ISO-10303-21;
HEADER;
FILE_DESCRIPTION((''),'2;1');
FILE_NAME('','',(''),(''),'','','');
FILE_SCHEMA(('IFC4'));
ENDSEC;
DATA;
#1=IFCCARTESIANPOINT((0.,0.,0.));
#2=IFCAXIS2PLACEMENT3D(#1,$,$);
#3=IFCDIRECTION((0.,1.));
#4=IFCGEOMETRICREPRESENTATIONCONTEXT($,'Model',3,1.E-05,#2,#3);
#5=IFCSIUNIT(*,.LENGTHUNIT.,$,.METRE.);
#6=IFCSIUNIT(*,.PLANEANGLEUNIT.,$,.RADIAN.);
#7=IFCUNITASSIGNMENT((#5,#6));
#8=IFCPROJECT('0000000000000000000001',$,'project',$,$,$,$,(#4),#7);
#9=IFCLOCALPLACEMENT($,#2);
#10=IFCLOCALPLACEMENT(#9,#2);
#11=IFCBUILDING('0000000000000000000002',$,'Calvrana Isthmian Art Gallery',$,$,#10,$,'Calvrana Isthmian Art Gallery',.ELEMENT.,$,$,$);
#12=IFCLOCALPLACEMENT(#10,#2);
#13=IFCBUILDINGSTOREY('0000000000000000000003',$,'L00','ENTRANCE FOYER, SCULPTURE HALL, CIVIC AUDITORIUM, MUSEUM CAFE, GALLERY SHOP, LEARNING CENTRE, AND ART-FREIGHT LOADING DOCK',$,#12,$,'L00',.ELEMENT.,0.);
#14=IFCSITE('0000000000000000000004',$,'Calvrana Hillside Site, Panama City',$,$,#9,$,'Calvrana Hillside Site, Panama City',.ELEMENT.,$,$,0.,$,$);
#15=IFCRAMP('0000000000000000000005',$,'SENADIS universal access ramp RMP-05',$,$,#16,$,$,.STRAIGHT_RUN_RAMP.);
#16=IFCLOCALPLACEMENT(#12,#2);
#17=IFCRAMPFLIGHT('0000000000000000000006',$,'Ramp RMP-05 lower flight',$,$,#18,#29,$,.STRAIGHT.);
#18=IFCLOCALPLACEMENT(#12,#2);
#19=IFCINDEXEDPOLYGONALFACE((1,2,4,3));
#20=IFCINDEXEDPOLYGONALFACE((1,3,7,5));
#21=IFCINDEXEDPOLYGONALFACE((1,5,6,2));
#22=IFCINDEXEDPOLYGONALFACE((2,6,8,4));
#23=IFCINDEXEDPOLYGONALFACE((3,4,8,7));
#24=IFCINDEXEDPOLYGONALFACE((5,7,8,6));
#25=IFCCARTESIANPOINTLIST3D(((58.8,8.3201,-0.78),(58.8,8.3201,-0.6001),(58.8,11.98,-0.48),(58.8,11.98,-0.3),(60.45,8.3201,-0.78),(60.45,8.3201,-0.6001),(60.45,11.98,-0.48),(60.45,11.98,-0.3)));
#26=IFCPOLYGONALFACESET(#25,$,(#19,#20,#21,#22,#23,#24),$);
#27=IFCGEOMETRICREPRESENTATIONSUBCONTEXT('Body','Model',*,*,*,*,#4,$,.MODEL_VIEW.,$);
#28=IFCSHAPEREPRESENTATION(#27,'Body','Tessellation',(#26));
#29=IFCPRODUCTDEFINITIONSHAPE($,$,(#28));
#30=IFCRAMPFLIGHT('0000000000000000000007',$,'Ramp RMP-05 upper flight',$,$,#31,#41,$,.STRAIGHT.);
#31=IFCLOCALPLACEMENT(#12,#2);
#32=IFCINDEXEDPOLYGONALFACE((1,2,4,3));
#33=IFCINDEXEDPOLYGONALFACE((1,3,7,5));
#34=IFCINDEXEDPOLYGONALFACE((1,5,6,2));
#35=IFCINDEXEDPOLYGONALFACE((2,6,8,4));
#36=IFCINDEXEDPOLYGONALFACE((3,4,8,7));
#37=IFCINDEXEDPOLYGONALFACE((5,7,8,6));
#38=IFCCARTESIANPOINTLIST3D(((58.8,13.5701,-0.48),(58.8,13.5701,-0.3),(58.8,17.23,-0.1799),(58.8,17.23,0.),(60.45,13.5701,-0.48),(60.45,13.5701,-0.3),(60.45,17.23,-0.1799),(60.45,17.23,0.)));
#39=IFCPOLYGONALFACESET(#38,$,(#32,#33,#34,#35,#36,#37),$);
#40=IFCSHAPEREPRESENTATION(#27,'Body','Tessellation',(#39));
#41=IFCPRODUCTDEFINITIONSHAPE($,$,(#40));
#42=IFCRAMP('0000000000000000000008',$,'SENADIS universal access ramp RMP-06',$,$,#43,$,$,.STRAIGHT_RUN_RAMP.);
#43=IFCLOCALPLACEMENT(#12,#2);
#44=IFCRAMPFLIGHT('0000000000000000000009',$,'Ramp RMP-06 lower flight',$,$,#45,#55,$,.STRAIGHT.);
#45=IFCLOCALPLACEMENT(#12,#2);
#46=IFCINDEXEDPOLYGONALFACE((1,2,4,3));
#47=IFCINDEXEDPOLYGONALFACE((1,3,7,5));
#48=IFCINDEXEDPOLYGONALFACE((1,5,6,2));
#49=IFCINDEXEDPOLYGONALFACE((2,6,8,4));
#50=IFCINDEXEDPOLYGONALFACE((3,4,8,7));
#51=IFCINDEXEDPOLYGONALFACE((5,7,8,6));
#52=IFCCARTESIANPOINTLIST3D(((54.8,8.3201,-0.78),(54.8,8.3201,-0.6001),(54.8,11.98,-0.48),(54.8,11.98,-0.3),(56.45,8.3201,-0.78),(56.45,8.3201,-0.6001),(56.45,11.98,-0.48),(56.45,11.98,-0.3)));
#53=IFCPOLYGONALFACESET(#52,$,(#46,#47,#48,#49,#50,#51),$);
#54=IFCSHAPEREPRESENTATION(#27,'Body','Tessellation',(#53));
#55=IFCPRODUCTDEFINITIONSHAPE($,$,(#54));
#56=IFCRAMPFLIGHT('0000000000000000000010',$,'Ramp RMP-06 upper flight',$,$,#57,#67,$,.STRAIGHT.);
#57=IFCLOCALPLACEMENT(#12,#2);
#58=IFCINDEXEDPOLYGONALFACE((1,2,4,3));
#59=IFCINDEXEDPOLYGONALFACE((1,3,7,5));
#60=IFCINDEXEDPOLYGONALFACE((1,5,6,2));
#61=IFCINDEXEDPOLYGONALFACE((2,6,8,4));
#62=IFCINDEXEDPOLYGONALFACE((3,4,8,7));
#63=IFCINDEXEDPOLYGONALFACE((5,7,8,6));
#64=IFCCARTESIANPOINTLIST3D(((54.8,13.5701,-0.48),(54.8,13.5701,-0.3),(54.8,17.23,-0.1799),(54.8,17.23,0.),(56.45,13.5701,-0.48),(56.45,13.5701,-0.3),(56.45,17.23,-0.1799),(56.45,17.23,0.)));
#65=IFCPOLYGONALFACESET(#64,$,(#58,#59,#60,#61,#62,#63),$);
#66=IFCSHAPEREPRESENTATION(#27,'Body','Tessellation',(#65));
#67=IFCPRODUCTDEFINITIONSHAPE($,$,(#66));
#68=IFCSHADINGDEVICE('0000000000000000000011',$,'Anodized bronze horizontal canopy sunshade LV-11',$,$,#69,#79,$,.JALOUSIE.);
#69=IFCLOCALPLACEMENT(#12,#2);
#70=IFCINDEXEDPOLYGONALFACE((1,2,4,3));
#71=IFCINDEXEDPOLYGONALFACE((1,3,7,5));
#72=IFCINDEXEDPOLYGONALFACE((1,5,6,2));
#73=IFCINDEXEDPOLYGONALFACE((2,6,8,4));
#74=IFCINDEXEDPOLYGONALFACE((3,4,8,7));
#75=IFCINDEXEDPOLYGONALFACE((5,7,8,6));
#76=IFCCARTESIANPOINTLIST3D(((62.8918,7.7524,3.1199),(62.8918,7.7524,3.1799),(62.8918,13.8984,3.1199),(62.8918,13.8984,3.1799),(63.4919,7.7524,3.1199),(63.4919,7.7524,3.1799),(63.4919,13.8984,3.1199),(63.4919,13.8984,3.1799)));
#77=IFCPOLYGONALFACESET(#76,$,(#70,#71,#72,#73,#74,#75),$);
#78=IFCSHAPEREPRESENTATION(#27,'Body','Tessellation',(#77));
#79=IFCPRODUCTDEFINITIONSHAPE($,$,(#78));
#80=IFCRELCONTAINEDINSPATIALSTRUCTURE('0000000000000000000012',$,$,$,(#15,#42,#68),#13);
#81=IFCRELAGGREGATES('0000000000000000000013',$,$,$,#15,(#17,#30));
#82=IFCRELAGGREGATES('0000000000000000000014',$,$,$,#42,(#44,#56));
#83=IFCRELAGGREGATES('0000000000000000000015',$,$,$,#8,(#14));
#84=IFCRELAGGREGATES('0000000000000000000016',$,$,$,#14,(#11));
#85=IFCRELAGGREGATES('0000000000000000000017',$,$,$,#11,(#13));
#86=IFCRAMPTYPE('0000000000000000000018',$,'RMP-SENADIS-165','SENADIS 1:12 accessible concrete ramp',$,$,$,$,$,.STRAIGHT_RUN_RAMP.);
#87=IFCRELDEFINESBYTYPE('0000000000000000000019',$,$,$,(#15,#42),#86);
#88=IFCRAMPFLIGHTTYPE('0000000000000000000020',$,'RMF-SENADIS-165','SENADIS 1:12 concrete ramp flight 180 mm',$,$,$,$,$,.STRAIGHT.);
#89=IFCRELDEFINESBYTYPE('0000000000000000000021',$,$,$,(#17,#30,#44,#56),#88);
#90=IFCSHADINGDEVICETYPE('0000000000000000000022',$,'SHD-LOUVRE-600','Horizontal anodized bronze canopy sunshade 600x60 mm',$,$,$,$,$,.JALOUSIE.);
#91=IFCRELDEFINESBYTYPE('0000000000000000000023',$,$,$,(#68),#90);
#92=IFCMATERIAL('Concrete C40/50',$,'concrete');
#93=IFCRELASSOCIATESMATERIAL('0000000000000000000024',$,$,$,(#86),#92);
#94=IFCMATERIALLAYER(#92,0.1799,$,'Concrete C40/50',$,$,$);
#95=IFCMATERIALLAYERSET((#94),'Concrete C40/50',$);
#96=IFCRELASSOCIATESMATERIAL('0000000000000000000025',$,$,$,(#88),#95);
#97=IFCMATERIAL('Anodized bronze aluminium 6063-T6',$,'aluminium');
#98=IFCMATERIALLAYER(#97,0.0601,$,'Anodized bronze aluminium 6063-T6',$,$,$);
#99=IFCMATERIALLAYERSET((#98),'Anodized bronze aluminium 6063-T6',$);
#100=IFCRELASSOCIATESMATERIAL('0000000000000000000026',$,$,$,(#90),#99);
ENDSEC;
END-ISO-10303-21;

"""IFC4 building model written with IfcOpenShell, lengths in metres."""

from ifc_helpers import new_model, si_unit, direction, frame, origin, origin_2d, place, context, subcontext, project, spatial, polyline, rectangle, outline, extrude, material, layer, layer_set, type_object, element, aggregate, save


model = new_model("IFC4")

# Units and contexts
model_context = context("Model", 3, precision=1e-05, world=origin(), true_north=direction((0.0, 1.0)))
body_context = subcontext(model_context, "Body", "Model", "MODEL_VIEW")
ifc_project = project(units=[si_unit("LENGTHUNIT", "METRE"), si_unit("PLANEANGLEUNIT", "RADIAN")], contexts=[model_context])

# Site, building, storey
site_placement = place(None, origin())
site = spatial("IfcSite", under=ifc_project, at=site_placement, Name="Calvrana Hillside Site, Panama City", LongName="Calvrana Hillside Site, Panama City", CompositionType="ELEMENT", RefElevation=0.0)
building_placement = place(site_placement, origin())
building = spatial("IfcBuilding", under=site, at=building_placement, Name="Calvrana Isthmian Art Gallery", LongName="Calvrana Isthmian Art Gallery", CompositionType="ELEMENT")
storey_placement = place(building_placement, origin())
storey = spatial("IfcBuildingStorey", under=building, at=storey_placement, Name="L00", Description="ENTRANCE FOYER, SCULPTURE HALL, CIVIC AUDITORIUM, MUSEUM CAFE, GALLERY SHOP, LEARNING CENTRE, AND ART-FREIGHT LOADING DOCK", LongName="L00", CompositionType="ELEMENT", Elevation=0.0)

# Shared definitions
ifc_material_1 = material(Name="Anodized bronze aluminium 6063-T6", Category="aluminium")

# Shared definitions
ifc_material_2 = material(Name="Concrete C40/50", Category="concrete")

# Ramps, ramp flights
ramp_type = type_object("IfcRampType", Name="RMP-SENADIS-165", Description="SENADIS 1:12 accessible concrete ramp", PredefinedType="STRAIGHT_RUN_RAMP", material=ifc_material_2)
ifc_layer_1 = layer(ifc_material_2, 0.1799, Name="Concrete C40/50")
ifc_layer_set_1 = layer_set([ifc_layer_1], Name="Concrete C40/50")
ramp_flight_type = type_object("IfcRampFlightType", Name="RMF-SENADIS-165", Description="SENADIS 1:12 concrete ramp flight 180 mm", PredefinedType="STRAIGHT", material=ifc_layer_set_1)
ramp_1_placement = place(storey_placement, origin())
ramp_1 = element("IfcRamp", 1, at=ramp_1_placement, inside=storey, type_object=ramp_type, Name="SENADIS universal access ramp RMP-05", PredefinedType="STRAIGHT_RUN_RAMP")
ramp_flight_1_placement = place(storey_placement, frame((59.625, 8.3201, -0.6001), z_axis=(0.0, 0.0, 1.0), x_axis=(0.0, 1.0, 0.0)))
ramp_flight_1 = element("IfcRampFlight", 2, at=ramp_flight_1_placement, type_object=ramp_flight_type, Name="Ramp RMP-05 lower flight", PredefinedType="STRAIGHT", context=body_context, shape_type="SweptSolid", body=[
    extrude(outline(polyline([(0.0, -0.1799), (0.0, 0.0), (3.6599, 0.3), (3.6599, 0.1201), (0.0, -0.1799)])), frame((0.0, 0.825, 0.0), z_axis=(0.0, -1.0, 0.0), x_axis=(1.0, 0.0, 0.0)), (0.0, 0.0, 1.0), 1.6499),
])
ramp_flight_2_placement = place(storey_placement, frame((59.625, 13.5701, -0.3), z_axis=(0.0, 0.0, 1.0), x_axis=(0.0, 1.0, 0.0)))
ramp_flight_2 = element("IfcRampFlight", 3, at=ramp_flight_2_placement, type_object=ramp_flight_type, Name="Ramp RMP-05 upper flight", PredefinedType="STRAIGHT", context=body_context, shape_type="SweptSolid", body=[
    extrude(outline(polyline([(0.0, -0.1799), (0.0, 0.0), (3.6599, 0.3), (3.6599, 0.1201), (0.0, -0.1799)])), frame((0.0, 0.825, 0.0), z_axis=(0.0, -1.0, 0.0), x_axis=(1.0, 0.0, 0.0)), (0.0, 0.0, 1.0), 1.6499),
])
aggregate(ramp_1, [ramp_flight_1, ramp_flight_2])
ramp_2_placement = place(storey_placement, origin())
ramp_2 = element("IfcRamp", 4, at=ramp_2_placement, inside=storey, type_object=ramp_type, Name="SENADIS universal access ramp RMP-06", PredefinedType="STRAIGHT_RUN_RAMP")
ramp_flight_3_placement = place(storey_placement, frame((55.625, 8.3201, -0.6001), z_axis=(0.0, 0.0, 1.0), x_axis=(0.0, 1.0, 0.0)))
ramp_flight_3 = element("IfcRampFlight", 5, at=ramp_flight_3_placement, type_object=ramp_flight_type, Name="Ramp RMP-06 lower flight", PredefinedType="STRAIGHT", context=body_context, shape_type="SweptSolid", body=[
    extrude(outline(polyline([(0.0, -0.1799), (0.0, 0.0), (3.6599, 0.3), (3.6599, 0.1201), (0.0, -0.1799)])), frame((0.0, 0.825, 0.0), z_axis=(0.0, -1.0, 0.0), x_axis=(1.0, 0.0, 0.0)), (0.0, 0.0, 1.0), 1.6499),
])
ramp_flight_4_placement = place(storey_placement, frame((55.625, 13.5701, -0.3), z_axis=(0.0, 0.0, 1.0), x_axis=(0.0, 1.0, 0.0)))
ramp_flight_4 = element("IfcRampFlight", 6, at=ramp_flight_4_placement, type_object=ramp_flight_type, Name="Ramp RMP-06 upper flight", PredefinedType="STRAIGHT", context=body_context, shape_type="SweptSolid", body=[
    extrude(outline(polyline([(0.0, -0.1799), (0.0, 0.0), (3.6599, 0.3), (3.6599, 0.1201), (0.0, -0.1799)])), frame((0.0, 0.825, 0.0), z_axis=(0.0, -1.0, 0.0), x_axis=(1.0, 0.0, 0.0)), (0.0, 0.0, 1.0), 1.6499),
])
aggregate(ramp_2, [ramp_flight_3, ramp_flight_4])

# Shading device
ifc_layer_2 = layer(ifc_material_1, 0.0601, Name="Anodized bronze aluminium 6063-T6")
ifc_layer_set_2 = layer_set([ifc_layer_2], Name="Anodized bronze aluminium 6063-T6")
shading_device_type = type_object("IfcShadingDeviceType", Name="SHD-LOUVRE-600", Description="Horizontal anodized bronze canopy sunshade 600x60 mm", PredefinedType="JALOUSIE", material=ifc_layer_set_2)
shading_device_placement = place(storey_placement, frame((63.1919, 10.8254, 3.1199), z_axis=(0.0, 0.0, 1.0), x_axis=(0.0, 1.0, 0.0)))
element("IfcShadingDevice", 7, at=shading_device_placement, inside=storey, type_object=shading_device_type, Name="Anodized bronze horizontal canopy sunshade LV-11", PredefinedType="JALOUSIE", context=body_context, shape_type="SweptSolid", body=[
    extrude(rectangle(XDim=6.146, YDim=0.6001, at=origin_2d()), origin(), (0.0, 0.0, 1.0), 0.0601),
])

save(model, "model.ifc")
